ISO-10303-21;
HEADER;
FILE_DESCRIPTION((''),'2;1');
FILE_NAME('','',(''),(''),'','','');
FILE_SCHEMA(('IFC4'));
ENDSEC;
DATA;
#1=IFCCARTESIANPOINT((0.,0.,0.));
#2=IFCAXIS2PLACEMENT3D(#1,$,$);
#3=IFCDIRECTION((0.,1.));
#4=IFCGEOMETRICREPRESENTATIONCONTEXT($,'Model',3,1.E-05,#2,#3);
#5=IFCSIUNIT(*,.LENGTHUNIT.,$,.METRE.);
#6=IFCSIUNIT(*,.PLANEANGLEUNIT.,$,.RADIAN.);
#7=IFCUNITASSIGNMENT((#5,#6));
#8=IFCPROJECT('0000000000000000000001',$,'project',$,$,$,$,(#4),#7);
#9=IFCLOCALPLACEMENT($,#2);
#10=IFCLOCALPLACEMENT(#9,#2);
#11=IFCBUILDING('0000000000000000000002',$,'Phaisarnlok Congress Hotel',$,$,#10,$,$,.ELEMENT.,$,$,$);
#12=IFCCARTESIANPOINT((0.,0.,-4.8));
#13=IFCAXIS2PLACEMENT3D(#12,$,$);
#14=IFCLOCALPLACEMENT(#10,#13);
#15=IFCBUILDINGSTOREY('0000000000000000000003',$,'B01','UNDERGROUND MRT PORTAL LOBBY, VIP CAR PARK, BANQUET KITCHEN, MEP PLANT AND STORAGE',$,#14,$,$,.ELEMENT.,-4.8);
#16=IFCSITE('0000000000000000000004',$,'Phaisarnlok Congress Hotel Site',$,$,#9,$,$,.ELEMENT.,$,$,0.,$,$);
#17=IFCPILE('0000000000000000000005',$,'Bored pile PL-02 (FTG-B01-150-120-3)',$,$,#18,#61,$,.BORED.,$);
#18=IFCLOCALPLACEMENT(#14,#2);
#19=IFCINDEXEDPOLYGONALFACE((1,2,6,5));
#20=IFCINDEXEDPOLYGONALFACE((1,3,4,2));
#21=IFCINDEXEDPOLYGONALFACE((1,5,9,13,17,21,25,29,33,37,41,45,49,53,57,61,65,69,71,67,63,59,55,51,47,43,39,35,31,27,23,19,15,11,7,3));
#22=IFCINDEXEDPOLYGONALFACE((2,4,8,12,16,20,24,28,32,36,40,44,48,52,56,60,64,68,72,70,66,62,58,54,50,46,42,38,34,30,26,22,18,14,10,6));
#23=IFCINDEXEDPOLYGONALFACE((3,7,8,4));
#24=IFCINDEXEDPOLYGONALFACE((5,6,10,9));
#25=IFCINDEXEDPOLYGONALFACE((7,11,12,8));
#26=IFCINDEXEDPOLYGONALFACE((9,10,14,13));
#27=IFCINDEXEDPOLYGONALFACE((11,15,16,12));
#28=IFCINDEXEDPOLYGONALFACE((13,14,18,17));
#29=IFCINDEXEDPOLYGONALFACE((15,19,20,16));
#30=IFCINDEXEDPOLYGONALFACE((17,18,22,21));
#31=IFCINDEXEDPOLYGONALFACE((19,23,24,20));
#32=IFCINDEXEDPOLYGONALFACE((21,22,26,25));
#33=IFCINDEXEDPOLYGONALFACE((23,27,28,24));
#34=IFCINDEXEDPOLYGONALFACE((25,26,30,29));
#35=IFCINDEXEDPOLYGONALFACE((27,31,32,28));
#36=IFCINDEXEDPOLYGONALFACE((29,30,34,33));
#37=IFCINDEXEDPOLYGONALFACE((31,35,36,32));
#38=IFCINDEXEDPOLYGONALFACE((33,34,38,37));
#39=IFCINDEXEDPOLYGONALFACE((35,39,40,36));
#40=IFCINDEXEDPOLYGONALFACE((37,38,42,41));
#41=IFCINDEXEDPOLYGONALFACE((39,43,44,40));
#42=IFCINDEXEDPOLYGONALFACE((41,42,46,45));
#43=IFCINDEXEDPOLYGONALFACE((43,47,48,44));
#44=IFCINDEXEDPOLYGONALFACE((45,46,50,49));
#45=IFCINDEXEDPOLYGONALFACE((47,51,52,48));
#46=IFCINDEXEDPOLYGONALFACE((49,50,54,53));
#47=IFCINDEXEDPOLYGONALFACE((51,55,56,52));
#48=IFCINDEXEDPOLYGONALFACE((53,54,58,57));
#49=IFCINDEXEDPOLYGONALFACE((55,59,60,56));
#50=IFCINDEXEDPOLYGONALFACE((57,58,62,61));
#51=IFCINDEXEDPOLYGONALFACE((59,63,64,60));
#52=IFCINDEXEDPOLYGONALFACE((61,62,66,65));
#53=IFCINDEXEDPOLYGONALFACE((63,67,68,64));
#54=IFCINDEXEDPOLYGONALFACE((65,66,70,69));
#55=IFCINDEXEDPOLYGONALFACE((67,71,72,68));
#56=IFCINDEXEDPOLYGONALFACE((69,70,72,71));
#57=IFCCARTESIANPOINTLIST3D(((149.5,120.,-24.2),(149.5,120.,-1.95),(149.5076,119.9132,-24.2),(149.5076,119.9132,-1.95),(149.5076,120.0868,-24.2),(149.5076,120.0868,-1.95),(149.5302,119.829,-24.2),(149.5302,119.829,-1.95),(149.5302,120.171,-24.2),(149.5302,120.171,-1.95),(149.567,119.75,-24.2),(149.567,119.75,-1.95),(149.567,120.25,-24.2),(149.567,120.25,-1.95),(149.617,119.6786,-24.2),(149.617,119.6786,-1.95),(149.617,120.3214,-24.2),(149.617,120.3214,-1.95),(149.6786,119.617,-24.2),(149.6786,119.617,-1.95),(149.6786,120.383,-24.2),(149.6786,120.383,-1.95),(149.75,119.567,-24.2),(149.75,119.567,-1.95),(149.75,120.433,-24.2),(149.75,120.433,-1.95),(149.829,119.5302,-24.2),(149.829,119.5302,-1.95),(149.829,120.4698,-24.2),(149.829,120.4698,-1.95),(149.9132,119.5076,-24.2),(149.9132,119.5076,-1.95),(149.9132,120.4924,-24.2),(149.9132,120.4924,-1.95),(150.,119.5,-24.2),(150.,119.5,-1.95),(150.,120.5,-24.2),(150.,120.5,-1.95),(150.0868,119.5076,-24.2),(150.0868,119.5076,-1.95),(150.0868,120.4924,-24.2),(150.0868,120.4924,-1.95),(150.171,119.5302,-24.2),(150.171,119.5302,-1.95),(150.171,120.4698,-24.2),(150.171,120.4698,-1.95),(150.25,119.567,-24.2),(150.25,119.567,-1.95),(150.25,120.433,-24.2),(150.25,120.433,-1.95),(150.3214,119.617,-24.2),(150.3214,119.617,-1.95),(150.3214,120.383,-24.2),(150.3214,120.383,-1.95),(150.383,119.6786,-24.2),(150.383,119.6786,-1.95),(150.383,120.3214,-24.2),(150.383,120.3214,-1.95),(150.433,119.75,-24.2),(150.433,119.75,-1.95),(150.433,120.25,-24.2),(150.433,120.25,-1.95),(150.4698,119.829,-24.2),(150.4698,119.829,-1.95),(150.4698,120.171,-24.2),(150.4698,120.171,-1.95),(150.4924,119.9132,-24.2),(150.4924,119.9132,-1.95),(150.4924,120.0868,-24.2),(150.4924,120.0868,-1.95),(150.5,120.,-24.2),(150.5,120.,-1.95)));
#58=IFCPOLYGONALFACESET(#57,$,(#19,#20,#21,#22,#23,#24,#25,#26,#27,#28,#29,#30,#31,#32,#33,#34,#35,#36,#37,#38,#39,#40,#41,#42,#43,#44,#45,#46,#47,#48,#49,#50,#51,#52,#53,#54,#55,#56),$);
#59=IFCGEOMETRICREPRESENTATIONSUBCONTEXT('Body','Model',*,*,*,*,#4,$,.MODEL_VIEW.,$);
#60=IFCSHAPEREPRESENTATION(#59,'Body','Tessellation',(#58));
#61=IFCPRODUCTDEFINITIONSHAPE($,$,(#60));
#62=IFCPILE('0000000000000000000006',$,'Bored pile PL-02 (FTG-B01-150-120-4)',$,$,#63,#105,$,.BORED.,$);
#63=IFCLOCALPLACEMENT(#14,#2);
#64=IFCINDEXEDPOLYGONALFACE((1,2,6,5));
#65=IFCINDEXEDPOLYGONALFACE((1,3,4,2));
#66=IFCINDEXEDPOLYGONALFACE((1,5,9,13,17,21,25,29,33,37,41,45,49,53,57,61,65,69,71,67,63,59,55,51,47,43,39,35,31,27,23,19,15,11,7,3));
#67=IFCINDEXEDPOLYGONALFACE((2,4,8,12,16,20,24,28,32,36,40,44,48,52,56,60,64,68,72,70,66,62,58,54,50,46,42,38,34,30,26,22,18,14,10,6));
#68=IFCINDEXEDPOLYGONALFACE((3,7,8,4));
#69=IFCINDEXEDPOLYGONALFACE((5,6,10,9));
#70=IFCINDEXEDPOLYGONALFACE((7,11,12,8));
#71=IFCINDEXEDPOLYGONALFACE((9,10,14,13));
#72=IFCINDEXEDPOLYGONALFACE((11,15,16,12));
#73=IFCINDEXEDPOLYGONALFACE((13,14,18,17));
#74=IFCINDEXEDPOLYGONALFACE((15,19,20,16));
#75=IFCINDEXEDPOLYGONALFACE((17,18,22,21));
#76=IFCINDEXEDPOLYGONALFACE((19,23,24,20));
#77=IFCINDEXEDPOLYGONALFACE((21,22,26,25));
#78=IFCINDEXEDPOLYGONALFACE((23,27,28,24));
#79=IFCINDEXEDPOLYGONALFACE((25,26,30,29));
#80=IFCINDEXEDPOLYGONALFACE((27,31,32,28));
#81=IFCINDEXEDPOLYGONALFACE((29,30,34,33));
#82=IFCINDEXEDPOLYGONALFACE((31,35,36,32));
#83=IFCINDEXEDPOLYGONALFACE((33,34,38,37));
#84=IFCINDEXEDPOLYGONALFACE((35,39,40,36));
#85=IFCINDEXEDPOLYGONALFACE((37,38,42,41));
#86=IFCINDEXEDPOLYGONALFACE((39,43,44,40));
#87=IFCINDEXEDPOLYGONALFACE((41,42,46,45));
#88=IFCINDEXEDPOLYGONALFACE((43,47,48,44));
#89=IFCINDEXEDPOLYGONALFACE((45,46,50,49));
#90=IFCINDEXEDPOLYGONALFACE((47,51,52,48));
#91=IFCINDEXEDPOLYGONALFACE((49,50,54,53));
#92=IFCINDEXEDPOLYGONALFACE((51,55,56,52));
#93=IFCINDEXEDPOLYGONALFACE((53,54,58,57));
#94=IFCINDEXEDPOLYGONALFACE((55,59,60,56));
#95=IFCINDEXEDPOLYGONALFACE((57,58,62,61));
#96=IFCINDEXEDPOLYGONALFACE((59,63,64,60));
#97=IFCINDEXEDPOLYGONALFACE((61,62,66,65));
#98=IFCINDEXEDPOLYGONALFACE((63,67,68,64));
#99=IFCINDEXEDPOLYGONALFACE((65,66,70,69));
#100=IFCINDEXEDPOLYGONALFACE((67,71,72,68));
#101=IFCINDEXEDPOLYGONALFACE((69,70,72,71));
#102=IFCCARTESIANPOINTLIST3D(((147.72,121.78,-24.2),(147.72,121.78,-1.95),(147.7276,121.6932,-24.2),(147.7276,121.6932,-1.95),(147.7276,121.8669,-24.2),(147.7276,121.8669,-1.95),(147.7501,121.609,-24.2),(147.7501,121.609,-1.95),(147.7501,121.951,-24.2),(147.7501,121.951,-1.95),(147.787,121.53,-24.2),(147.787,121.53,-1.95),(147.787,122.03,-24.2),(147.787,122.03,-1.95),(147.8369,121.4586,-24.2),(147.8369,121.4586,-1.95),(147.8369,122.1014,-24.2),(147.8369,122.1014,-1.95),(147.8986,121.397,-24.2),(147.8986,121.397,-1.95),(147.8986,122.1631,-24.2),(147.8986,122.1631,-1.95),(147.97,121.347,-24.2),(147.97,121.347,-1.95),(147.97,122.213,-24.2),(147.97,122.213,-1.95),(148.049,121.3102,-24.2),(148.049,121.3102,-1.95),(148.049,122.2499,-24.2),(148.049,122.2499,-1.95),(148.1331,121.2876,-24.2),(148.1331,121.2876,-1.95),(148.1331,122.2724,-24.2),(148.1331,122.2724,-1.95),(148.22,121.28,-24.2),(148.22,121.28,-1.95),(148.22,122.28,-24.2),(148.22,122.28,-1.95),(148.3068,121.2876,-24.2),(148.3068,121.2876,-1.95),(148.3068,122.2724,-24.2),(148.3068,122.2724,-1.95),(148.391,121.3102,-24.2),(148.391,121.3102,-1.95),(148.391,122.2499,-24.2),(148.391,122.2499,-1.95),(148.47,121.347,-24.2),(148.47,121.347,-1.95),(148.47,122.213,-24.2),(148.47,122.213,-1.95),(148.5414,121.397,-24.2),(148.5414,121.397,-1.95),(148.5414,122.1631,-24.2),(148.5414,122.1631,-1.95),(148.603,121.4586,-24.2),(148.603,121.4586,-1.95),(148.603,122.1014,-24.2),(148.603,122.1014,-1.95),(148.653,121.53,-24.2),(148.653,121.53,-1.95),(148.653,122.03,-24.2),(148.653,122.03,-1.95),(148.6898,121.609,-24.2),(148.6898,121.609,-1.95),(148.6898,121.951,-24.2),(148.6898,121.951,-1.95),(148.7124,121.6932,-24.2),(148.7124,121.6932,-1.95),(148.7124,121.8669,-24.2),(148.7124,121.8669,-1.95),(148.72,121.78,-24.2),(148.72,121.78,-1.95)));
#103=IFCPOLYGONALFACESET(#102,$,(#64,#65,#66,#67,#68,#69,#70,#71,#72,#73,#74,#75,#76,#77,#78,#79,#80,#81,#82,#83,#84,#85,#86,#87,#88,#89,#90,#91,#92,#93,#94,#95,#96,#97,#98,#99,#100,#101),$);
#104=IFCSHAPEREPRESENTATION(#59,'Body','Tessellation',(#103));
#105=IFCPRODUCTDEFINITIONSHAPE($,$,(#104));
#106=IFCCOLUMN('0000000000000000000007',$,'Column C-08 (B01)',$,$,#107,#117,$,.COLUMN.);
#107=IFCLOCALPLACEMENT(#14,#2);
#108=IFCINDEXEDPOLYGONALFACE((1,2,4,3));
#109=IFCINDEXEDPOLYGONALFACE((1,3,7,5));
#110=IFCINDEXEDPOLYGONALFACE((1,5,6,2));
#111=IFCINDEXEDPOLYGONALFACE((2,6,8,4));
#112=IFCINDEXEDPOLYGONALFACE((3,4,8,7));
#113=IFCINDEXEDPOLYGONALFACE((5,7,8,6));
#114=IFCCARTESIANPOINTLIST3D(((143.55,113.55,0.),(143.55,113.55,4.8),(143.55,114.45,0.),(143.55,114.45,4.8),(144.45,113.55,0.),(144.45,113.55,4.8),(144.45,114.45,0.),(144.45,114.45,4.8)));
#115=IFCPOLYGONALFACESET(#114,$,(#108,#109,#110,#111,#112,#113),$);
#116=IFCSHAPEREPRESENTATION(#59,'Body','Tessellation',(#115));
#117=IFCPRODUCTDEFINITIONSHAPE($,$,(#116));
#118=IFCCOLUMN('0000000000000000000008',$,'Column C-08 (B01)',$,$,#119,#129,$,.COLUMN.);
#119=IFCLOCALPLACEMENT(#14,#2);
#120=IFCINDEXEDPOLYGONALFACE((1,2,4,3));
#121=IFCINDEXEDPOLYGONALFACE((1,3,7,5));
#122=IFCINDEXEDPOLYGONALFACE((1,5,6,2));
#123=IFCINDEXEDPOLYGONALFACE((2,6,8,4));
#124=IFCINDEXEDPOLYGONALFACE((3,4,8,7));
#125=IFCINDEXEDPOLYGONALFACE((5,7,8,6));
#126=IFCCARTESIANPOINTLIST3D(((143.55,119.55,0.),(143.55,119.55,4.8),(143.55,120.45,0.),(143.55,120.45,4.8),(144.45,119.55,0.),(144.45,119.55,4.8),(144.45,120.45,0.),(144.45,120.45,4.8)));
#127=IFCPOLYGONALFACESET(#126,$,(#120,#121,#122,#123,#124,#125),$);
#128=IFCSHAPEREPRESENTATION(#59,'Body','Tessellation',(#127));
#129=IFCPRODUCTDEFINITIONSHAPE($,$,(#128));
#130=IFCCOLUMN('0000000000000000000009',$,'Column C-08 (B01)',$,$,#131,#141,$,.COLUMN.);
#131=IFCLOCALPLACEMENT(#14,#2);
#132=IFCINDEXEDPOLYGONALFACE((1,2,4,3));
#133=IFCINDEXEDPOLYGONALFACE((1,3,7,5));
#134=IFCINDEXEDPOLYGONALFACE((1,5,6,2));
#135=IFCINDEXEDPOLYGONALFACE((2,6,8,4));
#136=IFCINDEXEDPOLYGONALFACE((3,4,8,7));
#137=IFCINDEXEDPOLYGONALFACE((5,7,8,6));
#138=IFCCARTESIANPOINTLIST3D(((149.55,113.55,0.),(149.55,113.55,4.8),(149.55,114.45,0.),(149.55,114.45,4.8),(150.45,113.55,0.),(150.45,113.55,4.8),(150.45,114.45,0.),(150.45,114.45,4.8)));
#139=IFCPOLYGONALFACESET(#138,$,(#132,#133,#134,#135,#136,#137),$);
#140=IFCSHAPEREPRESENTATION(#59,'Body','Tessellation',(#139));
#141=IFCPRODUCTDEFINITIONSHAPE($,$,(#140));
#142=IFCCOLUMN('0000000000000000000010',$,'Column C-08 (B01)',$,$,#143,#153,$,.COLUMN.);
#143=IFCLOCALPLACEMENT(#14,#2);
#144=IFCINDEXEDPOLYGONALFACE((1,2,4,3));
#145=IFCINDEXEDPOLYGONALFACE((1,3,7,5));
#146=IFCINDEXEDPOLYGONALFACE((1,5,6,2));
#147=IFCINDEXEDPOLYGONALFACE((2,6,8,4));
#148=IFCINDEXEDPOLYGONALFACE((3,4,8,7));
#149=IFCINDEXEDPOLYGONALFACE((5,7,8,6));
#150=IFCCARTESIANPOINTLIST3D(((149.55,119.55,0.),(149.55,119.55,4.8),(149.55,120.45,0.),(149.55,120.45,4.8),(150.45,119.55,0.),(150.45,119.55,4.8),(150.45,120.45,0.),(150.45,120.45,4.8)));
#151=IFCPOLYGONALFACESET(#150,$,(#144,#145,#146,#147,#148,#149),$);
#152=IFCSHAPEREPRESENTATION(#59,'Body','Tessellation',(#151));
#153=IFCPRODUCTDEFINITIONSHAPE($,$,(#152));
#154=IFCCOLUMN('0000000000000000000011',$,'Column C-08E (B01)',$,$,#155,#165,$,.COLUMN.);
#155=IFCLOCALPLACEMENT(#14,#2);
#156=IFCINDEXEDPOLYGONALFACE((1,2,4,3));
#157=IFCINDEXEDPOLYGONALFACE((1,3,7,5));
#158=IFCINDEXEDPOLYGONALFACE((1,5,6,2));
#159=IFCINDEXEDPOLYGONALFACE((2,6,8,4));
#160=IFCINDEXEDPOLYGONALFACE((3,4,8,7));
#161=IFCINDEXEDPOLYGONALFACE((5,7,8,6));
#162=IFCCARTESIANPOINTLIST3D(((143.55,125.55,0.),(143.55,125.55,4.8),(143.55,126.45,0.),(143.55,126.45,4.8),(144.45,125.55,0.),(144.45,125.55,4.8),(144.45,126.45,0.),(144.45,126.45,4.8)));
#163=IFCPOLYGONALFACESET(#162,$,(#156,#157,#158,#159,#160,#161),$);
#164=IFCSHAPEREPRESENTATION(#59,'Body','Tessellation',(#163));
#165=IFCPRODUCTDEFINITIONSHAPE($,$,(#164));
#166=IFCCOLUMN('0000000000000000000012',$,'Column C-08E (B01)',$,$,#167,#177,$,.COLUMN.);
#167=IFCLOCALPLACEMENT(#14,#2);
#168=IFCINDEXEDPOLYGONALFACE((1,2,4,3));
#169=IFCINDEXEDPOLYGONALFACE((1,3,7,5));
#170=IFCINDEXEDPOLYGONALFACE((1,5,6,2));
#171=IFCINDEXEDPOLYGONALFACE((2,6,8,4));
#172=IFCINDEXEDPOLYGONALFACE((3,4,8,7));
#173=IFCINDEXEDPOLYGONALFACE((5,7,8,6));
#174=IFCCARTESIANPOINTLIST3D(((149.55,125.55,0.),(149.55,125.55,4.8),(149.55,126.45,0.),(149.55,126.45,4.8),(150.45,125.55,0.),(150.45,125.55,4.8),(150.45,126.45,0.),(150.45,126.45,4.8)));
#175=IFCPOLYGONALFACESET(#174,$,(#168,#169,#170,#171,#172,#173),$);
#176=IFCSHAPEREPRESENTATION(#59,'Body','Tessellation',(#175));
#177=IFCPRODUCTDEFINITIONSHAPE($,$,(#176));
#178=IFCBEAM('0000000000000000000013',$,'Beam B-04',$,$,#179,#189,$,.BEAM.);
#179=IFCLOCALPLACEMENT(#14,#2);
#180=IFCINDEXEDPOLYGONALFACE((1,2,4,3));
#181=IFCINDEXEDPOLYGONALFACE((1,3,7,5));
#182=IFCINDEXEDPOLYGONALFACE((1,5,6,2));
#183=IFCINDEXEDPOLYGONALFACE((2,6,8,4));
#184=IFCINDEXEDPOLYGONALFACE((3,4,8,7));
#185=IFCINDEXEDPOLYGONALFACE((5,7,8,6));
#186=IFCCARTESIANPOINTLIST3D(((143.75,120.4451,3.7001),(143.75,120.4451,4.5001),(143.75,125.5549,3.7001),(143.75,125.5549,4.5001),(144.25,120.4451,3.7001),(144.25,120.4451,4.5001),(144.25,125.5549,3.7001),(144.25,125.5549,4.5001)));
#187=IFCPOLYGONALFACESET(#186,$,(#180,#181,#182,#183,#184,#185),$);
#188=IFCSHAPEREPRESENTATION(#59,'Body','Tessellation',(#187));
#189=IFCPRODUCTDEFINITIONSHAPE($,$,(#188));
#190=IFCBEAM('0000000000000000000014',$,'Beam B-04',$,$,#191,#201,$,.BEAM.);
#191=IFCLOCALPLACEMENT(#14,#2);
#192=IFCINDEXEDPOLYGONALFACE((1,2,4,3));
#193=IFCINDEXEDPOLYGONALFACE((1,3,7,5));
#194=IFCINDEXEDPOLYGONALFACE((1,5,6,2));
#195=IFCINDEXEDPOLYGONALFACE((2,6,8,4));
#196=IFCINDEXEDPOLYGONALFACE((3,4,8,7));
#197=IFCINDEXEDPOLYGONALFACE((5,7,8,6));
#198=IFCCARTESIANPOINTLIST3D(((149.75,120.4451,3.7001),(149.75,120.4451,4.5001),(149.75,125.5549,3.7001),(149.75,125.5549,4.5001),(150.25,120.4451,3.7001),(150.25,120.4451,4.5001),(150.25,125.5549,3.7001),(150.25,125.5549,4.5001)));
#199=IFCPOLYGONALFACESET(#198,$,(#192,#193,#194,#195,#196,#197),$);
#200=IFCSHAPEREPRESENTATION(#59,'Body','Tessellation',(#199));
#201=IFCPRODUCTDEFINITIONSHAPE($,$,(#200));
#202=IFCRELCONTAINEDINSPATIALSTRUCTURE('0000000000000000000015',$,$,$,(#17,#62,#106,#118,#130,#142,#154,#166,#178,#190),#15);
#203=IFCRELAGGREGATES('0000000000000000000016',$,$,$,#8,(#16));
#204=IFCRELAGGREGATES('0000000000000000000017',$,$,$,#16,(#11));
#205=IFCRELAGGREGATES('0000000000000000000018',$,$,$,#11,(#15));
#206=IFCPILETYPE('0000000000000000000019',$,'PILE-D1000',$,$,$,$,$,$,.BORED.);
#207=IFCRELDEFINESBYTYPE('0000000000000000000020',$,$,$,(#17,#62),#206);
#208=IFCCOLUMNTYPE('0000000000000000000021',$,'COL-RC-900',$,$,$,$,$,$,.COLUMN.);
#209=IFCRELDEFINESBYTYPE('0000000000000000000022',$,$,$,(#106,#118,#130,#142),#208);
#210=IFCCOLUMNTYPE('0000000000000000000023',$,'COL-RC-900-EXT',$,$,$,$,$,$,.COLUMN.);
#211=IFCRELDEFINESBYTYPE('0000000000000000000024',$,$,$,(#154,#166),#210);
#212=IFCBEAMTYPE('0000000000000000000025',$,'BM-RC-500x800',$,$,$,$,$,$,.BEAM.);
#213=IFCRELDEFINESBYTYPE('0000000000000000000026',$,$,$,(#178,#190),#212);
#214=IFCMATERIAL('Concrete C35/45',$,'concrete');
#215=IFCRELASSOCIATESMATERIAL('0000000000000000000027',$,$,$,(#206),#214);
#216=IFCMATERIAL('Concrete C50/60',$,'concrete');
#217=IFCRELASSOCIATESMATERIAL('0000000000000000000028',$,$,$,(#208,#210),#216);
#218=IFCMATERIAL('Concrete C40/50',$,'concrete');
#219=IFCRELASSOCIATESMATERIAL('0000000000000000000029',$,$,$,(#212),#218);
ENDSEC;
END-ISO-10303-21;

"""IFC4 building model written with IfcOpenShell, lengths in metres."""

from ifc_helpers import new_model, si_unit, direction, frame, origin, origin_2d, place, context, subcontext, project, spatial, rectangle, circle, extrude, material, material_profile, profile_set, type_object, element, save


model = new_model("IFC4")

# Units and contexts
model_context = context("Model", 3, precision=1e-05, world=origin(), true_north=direction((0.0, 1.0)))
body_context = subcontext(model_context, "Body", "Model", "MODEL_VIEW")
ifc_project = project(units=[si_unit("LENGTHUNIT", "METRE"), si_unit("PLANEANGLEUNIT", "RADIAN")], contexts=[model_context])

# Site, building, storey
site_placement = place(None, origin())
site = spatial("IfcSite", under=ifc_project, at=site_placement, Name="Phaisarnlok Congress Hotel Site", CompositionType="ELEMENT", RefElevation=0.0)
building_placement = place(site_placement, origin())
building = spatial("IfcBuilding", under=site, at=building_placement, Name="Phaisarnlok Congress Hotel", CompositionType="ELEMENT")
storey_placement = place(building_placement, frame((0.0, 0.0, -4.8)))
storey = spatial("IfcBuildingStorey", under=building, at=storey_placement, Name="B01", Description="UNDERGROUND MRT PORTAL LOBBY, VIP CAR PARK, BANQUET KITCHEN, MEP PLANT AND STORAGE", CompositionType="ELEMENT", Elevation=-4.8)

# Shared definitions
ifc_material_1 = material(Name="Concrete C40/50", Category="concrete")

# Piles
ifc_material_2 = material(Name="Concrete C35/45", Category="concrete")
ifc_material_profile_1 = material_profile(ifc_material_2, circle(Radius=0.5, at=origin_2d()), Name="BORED PILE D1000")
ifc_profile_set_1 = profile_set([ifc_material_profile_1], Name="Concrete C35/45")
pile_type = type_object("IfcPileType", Name="PILE-D1000", PredefinedType="BORED", material=ifc_profile_set_1)
for number, where, z_axis, x_axis, name in (
    (1, (150.0, 120.0, -1.95), (0.0, 0.0, -1.0), (1.0, 0.0, 0.0), "Bored pile PL-02 (FTG-B01-150-120-3)"),
    (2, (148.22, 121.78, -1.95), (0.0, 0.0, -1.0), (1.0, 0.0, 0.0), "Bored pile PL-02 (FTG-B01-150-120-4)"),
):
    element("IfcPile", number, at=place(storey_placement, frame(where, z_axis=z_axis, x_axis=x_axis)), inside=storey, type_object=pile_type, Name=name, PredefinedType="BORED", context=body_context, shape_type="SweptSolid", body=[
        extrude(circle(Radius=0.5, at=origin_2d()), origin(), (0.0, 0.0, 1.0), 22.25),
    ])

# Columns
ifc_material_3 = material(Name="Concrete C50/60", Category="concrete")
ifc_material_profile_2 = material_profile(ifc_material_3, rectangle(XDim=0.8999, YDim=0.8999, at=origin_2d()), Name="RC 900x900")
ifc_profile_set_2 = profile_set([ifc_material_profile_2], Name="Concrete C50/60")
column_type_1 = type_object("IfcColumnType", Name="COL-RC-900", PredefinedType="COLUMN", material=ifc_profile_set_2)
for number, where, z_axis, x_axis, name in (
    (3, (144.0, 114.0, 0.0), (0.0, 0.0, 1.0), (1.0, 0.0, 0.0), "Column C-08 (B01)"),
    (4, (144.0, 120.0, 0.0), (0.0, 0.0, 1.0), (1.0, 0.0, 0.0), "Column C-08 (B01)"),
    (5, (150.0, 114.0, 0.0), (0.0, 0.0, 1.0), (1.0, 0.0, 0.0), "Column C-08 (B01)"),
    (6, (150.0, 120.0, 0.0), (0.0, 0.0, 1.0), (1.0, 0.0, 0.0), "Column C-08 (B01)"),
):
    element("IfcColumn", number, at=place(storey_placement, frame(where, z_axis=z_axis, x_axis=x_axis)), inside=storey, type_object=column_type_1, Name=name, PredefinedType="COLUMN", context=body_context, shape_type="SweptSolid", body=[
        extrude(rectangle(XDim=0.8999, YDim=0.8999, at=origin_2d()), origin(), (0.0, 0.0, 1.0), 4.8),
    ])
ifc_material_profile_3 = material_profile(ifc_material_3, rectangle(XDim=0.8999, YDim=0.8999, at=origin_2d()), Name="RC 900x900")
ifc_profile_set_3 = profile_set([ifc_material_profile_3], Name="Concrete C50/60")
column_type_2 = type_object("IfcColumnType", Name="COL-RC-900-EXT", PredefinedType="COLUMN", material=ifc_profile_set_3)
for number, where, z_axis, x_axis, name in (
    (7, (144.0, 126.0, 0.0), (0.0, 0.0, 1.0), (1.0, 0.0, 0.0), "Column C-08E (B01)"),
    (8, (150.0, 126.0, 0.0), (0.0, 0.0, 1.0), (1.0, 0.0, 0.0), "Column C-08E (B01)"),
):
    element("IfcColumn", number, at=place(storey_placement, frame(where, z_axis=z_axis, x_axis=x_axis)), inside=storey, type_object=column_type_2, Name=name, PredefinedType="COLUMN", context=body_context, shape_type="SweptSolid", body=[
        extrude(rectangle(XDim=0.8999, YDim=0.8999, at=origin_2d()), origin(), (0.0, 0.0, 1.0), 4.8),
    ])

# Beams
ifc_material_profile_4 = material_profile(ifc_material_1, rectangle(XDim=0.5, YDim=0.8, at=origin_2d()), Name="RC 500x800")
ifc_profile_set_4 = profile_set([ifc_material_profile_4], Name="Concrete C40/50")
beam_type_1 = type_object("IfcBeamType", Name="BM-RC-500x800", PredefinedType="BEAM", material=ifc_profile_set_4)
for number, where, z_axis, x_axis, name in (
    (9, (144.0, 120.4451, 4.1001), (0.0, 1.0, 0.0), (-1.0, 0.0, 0.0), "Beam B-04"),
    (10, (150.0, 120.4451, 4.1001), (0.0, 1.0, 0.0), (-1.0, 0.0, 0.0), "Beam B-04"),
):
    element("IfcBeam", number, at=place(storey_placement, frame(where, z_axis=z_axis, x_axis=x_axis)), inside=storey, type_object=beam_type_1, Name=name, PredefinedType="BEAM", context=body_context, shape_type="SweptSolid", body=[
        extrude(rectangle(XDim=0.5, YDim=0.8, at=origin_2d()), origin(), (0.0, 0.0, 1.0), 5.1099),
    ])

save(model, "model.ifc")
